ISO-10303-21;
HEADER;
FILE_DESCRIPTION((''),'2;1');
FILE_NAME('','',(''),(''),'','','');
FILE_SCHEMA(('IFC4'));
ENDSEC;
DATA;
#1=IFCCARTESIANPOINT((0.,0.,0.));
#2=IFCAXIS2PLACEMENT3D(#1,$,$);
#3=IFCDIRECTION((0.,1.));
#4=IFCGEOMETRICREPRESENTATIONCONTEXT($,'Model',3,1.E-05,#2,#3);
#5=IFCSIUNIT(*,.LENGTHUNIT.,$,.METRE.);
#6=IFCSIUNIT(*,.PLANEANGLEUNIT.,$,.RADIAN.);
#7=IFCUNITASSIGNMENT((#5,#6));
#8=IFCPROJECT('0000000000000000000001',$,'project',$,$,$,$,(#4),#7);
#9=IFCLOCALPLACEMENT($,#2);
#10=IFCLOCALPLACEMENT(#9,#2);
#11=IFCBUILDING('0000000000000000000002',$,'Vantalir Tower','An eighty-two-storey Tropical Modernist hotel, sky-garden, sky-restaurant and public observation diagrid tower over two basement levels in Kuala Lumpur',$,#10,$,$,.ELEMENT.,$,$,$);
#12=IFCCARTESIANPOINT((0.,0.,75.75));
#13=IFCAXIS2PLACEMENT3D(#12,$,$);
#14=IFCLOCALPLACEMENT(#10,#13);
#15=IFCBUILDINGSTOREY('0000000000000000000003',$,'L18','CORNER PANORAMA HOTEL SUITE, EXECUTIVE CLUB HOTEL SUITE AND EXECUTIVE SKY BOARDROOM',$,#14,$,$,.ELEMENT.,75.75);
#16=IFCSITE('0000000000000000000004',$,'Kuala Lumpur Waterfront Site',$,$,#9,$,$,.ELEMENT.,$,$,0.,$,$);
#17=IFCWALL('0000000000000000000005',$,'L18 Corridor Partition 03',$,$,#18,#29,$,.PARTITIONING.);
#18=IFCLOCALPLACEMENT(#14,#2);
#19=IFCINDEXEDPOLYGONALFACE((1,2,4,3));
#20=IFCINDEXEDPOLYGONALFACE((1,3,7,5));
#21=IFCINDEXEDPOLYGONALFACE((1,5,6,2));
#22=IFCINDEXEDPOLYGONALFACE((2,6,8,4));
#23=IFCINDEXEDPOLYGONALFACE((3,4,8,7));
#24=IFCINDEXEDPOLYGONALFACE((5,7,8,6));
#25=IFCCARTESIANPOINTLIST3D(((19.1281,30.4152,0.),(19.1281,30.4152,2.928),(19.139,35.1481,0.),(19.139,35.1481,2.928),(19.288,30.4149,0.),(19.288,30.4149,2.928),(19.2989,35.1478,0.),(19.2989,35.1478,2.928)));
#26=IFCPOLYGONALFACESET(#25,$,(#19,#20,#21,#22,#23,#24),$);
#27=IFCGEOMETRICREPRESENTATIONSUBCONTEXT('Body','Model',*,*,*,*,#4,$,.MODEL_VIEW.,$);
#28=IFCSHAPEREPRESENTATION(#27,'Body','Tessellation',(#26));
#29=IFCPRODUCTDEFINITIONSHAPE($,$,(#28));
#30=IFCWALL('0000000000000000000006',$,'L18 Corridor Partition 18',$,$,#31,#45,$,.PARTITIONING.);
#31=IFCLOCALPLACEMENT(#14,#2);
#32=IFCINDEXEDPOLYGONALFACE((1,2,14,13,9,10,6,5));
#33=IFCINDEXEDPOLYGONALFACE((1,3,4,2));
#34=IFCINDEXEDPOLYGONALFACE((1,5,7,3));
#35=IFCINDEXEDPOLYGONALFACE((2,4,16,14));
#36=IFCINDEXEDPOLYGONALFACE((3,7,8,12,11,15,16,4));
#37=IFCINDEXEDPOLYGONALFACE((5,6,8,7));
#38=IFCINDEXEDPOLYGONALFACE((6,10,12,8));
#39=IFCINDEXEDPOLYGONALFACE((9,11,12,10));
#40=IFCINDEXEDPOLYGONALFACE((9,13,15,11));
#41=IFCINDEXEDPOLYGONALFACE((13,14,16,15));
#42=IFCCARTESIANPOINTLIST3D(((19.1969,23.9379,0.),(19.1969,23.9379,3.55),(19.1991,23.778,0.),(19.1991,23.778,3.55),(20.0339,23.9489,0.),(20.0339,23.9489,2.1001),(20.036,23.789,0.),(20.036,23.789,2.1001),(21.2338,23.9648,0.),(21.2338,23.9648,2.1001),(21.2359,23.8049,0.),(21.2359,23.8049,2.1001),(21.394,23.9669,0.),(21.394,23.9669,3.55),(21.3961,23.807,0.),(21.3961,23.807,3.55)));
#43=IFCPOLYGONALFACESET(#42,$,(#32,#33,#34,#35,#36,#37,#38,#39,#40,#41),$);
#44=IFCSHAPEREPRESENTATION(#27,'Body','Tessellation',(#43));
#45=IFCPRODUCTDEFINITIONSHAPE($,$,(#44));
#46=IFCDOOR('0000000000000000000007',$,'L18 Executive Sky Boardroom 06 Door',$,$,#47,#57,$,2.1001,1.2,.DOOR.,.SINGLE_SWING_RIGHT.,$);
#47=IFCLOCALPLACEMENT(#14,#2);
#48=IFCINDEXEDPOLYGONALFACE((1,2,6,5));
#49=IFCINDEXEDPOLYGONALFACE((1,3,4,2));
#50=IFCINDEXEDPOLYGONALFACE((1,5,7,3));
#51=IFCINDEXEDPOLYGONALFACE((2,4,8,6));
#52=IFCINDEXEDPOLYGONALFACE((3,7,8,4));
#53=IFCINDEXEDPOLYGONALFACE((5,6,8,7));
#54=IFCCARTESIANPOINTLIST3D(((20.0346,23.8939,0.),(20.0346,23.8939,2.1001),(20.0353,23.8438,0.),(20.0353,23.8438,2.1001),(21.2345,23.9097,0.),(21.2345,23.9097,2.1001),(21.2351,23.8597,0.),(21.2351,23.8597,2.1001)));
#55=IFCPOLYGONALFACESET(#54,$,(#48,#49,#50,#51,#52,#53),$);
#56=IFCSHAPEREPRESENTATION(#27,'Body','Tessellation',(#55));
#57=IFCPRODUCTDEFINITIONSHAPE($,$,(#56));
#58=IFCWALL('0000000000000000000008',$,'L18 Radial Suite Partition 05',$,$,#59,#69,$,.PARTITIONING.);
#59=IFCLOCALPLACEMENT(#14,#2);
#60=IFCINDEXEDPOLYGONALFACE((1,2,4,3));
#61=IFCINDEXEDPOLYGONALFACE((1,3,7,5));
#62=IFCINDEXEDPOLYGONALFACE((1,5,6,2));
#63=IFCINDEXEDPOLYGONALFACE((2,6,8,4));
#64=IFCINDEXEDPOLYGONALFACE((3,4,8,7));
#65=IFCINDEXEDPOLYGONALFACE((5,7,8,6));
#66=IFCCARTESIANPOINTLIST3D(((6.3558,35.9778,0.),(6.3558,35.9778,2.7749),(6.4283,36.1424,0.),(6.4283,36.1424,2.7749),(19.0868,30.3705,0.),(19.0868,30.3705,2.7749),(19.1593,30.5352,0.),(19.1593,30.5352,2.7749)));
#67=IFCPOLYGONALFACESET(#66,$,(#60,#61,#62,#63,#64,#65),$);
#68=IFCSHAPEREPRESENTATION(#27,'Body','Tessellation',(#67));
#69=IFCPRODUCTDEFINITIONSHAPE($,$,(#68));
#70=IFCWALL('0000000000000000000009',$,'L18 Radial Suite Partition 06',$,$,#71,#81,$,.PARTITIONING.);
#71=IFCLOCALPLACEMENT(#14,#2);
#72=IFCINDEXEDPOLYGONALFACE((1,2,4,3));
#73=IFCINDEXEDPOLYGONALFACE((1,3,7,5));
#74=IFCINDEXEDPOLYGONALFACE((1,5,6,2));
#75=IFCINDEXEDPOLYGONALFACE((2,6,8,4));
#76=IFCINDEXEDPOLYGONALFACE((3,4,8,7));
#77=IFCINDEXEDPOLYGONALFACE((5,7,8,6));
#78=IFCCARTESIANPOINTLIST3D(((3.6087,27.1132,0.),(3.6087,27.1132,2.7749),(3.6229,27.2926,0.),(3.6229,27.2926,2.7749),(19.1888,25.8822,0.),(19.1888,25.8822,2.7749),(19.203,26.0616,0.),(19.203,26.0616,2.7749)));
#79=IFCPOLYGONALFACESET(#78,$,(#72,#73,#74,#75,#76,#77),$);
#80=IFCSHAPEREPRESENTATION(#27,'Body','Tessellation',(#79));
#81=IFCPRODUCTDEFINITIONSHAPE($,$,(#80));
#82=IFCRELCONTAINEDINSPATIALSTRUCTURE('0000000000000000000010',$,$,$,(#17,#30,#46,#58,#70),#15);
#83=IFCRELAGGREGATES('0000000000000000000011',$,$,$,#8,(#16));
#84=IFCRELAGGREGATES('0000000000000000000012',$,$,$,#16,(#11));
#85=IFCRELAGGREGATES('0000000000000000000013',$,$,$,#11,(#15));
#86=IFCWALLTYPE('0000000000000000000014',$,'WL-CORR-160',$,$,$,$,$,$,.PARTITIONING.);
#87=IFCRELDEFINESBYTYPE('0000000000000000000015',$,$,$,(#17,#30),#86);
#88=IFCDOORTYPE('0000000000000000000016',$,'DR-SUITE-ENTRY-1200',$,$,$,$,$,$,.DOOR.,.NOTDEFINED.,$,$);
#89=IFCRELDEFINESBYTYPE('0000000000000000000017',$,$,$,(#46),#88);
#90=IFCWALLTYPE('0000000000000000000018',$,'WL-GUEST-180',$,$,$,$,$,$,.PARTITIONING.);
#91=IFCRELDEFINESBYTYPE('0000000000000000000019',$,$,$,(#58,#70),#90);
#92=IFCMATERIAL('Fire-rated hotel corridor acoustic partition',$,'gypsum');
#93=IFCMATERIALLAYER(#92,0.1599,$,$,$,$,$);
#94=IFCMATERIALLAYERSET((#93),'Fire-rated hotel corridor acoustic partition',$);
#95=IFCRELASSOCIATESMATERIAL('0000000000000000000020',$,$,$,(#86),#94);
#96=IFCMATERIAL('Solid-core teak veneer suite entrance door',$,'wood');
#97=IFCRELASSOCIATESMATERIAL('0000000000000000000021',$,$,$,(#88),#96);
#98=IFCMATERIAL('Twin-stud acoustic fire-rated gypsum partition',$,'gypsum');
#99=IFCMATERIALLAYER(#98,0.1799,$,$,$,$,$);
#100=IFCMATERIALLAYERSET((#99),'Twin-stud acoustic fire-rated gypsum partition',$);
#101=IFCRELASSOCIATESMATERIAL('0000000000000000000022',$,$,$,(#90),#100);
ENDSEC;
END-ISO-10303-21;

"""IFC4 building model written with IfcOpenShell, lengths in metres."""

from ifc_helpers import new_model, si_unit, direction, frame, frame_2d, origin, place, context, subcontext, project, spatial, rectangle, extrude, material, layer, layer_set, type_object, element, fill, save


model = new_model("IFC4")

# Units and contexts
model_context = context("Model", 3, precision=1e-05, world=origin(), true_north=direction((0.0, 1.0)))
body_context = subcontext(model_context, "Body", "Model", "MODEL_VIEW")
ifc_project = project(units=[si_unit("LENGTHUNIT", "METRE"), si_unit("PLANEANGLEUNIT", "RADIAN")], contexts=[model_context])

# Site, building, storey
site_placement = place(None, origin())
site = spatial("IfcSite", under=ifc_project, at=site_placement, Name="Kuala Lumpur Waterfront Site", CompositionType="ELEMENT", RefElevation=0.0)
building_placement = place(site_placement, origin())
building = spatial("IfcBuilding", under=site, at=building_placement, Name="Vantalir Tower", Description="An eighty-two-storey Tropical Modernist hotel, sky-garden, sky-restaurant and public observation diagrid tower over two basement levels in Kuala Lumpur", CompositionType="ELEMENT")
storey_placement = place(building_placement, frame((0.0, 0.0, 75.75)))
storey = spatial("IfcBuildingStorey", under=building, at=storey_placement, Name="L18", Description="CORNER PANORAMA HOTEL SUITE, EXECUTIVE CLUB HOTEL SUITE AND EXECUTIVE SKY BOARDROOM", CompositionType="ELEMENT", Elevation=75.75)

# Shared definitions
ifc_material_1 = material(Name="Fire-rated hotel corridor acoustic partition", Category="gypsum")
ifc_layer_1 = layer(ifc_material_1, 0.1599)
ifc_layer_set_1 = layer_set([ifc_layer_1], Name="Fire-rated hotel corridor acoustic partition")
wall_type_1 = type_object("IfcWallType", Name="WL-CORR-160", PredefinedType="PARTITIONING", material=ifc_layer_set_1)
ifc_material_2 = material(Name="Solid-core teak veneer suite entrance door", Category="wood")
door_type_1 = type_object("IfcDoorType", Name="DR-SUITE-ENTRY-1200", OperationType="NOTDEFINED", PredefinedType="DOOR", material=ifc_material_2)

# Wall
wall_1_placement = place(storey_placement, frame((19.208, 30.415, 0.0), z_axis=(0.0, 0.0, 1.0), x_axis=(0.002321, 0.999997, 0.0)))
element("IfcWall", 1, at=wall_1_placement, inside=storey, type_object=wall_type_1, Name="L18 Corridor Partition 03", PredefinedType="PARTITIONING", context=body_context, shape_type="SweptSolid", body=[
    extrude(rectangle(XDim=4.7329, YDim=0.1599, at=frame_2d((2.3665, 0.0))), origin(), (0.0, 0.0, 1.0), 2.928),
])

# Wall, opening, door
wall_2_placement = place(storey_placement, frame((19.198, 23.8579, 0.0), z_axis=(0.0, 0.0, 1.0), x_axis=(0.999913, 0.013223, 0.0)))
wall_2 = element("IfcWall", 2, at=wall_2_placement, inside=storey, type_object=wall_type_1, Name="L18 Corridor Partition 18", PredefinedType="PARTITIONING", context=body_context, shape_type="SweptSolid", body=[
    extrude(rectangle(XDim=2.1973, YDim=0.1599, at=frame_2d((1.0986, 0.0))), origin(), (0.0, 0.0, 1.0), 3.55),
])
opening_1_placement = place(wall_2_placement, frame((0.8369, 0.0, 0.0)))
opening_1 = element("IfcOpeningElement", 3, at=opening_1_placement, cuts=wall_2, PredefinedType="OPENING", context=body_context, shape_type="SweptSolid", body=[
    extrude(rectangle(XDim=1.2, YDim=2.1001, at=frame_2d((0.6001, 1.05))), frame((0.0, 0.0898, 0.0), z_axis=(0.0, -1.0, 0.0), x_axis=(1.0, 0.0, 0.0)), (0.0, 0.0, 1.0), 0.1799),
])
door_1_placement = place(opening_1_placement, origin())
door_1 = element("IfcDoor", 4, at=door_1_placement, inside=storey, type_object=door_type_1, Name="L18 Executive Sky Boardroom 06 Door", OperationType="SINGLE_SWING_RIGHT", OverallHeight=2.1001, OverallWidth=1.2, PredefinedType="DOOR", context=body_context, shape_type="SweptSolid", body=[
    extrude(rectangle(XDim=1.2, YDim=2.1001, at=frame_2d((0.6001, 1.05))), frame((0.0, 0.0249, 0.0), z_axis=(0.0, -1.0, 0.0), x_axis=(1.0, 0.0, 0.0)), (0.0, 0.0, 1.0), 0.05),
])
fill(opening_1, door_1)

# Walls
ifc_material_3 = material(Name="Twin-stud acoustic fire-rated gypsum partition", Category="gypsum")
ifc_layer_2 = layer(ifc_material_3, 0.1799)
ifc_layer_set_2 = layer_set([ifc_layer_2], Name="Twin-stud acoustic fire-rated gypsum partition")
wall_type_2 = type_object("IfcWallType", Name="WL-GUEST-180", PredefinedType="PARTITIONING", material=ifc_layer_set_2)
wall_3_placement = place(storey_placement, frame((19.123, 30.4529, 0.0), z_axis=(0.0, 0.0, 1.0), x_axis=(-0.915168, 0.403073, 0.0)))
element("IfcWall", 5, at=wall_3_placement, inside=storey, type_object=wall_type_2, Name="L18 Radial Suite Partition 05", PredefinedType="PARTITIONING", context=body_context, shape_type="SweptSolid", body=[
    extrude(rectangle(XDim=13.9111, YDim=0.1799, at=frame_2d((6.9556, 0.0))), origin(), (0.0, 0.0, 1.0), 2.7749),
])
wall_4_placement = place(storey_placement, frame((19.196, 25.9719, 0.0), z_axis=(0.0, 0.0, 1.0), x_axis=(-0.996893, 0.078763, 0.0)))
element("IfcWall", 6, at=wall_4_placement, inside=storey, type_object=wall_type_2, Name="L18 Radial Suite Partition 06", PredefinedType="PARTITIONING", context=body_context, shape_type="SweptSolid", body=[
    extrude(rectangle(XDim=15.6287, YDim=0.1799, at=frame_2d((7.8145, 0.0))), origin(), (0.0, 0.0, 1.0), 2.7749),
])

save(model, "model.ifc")
